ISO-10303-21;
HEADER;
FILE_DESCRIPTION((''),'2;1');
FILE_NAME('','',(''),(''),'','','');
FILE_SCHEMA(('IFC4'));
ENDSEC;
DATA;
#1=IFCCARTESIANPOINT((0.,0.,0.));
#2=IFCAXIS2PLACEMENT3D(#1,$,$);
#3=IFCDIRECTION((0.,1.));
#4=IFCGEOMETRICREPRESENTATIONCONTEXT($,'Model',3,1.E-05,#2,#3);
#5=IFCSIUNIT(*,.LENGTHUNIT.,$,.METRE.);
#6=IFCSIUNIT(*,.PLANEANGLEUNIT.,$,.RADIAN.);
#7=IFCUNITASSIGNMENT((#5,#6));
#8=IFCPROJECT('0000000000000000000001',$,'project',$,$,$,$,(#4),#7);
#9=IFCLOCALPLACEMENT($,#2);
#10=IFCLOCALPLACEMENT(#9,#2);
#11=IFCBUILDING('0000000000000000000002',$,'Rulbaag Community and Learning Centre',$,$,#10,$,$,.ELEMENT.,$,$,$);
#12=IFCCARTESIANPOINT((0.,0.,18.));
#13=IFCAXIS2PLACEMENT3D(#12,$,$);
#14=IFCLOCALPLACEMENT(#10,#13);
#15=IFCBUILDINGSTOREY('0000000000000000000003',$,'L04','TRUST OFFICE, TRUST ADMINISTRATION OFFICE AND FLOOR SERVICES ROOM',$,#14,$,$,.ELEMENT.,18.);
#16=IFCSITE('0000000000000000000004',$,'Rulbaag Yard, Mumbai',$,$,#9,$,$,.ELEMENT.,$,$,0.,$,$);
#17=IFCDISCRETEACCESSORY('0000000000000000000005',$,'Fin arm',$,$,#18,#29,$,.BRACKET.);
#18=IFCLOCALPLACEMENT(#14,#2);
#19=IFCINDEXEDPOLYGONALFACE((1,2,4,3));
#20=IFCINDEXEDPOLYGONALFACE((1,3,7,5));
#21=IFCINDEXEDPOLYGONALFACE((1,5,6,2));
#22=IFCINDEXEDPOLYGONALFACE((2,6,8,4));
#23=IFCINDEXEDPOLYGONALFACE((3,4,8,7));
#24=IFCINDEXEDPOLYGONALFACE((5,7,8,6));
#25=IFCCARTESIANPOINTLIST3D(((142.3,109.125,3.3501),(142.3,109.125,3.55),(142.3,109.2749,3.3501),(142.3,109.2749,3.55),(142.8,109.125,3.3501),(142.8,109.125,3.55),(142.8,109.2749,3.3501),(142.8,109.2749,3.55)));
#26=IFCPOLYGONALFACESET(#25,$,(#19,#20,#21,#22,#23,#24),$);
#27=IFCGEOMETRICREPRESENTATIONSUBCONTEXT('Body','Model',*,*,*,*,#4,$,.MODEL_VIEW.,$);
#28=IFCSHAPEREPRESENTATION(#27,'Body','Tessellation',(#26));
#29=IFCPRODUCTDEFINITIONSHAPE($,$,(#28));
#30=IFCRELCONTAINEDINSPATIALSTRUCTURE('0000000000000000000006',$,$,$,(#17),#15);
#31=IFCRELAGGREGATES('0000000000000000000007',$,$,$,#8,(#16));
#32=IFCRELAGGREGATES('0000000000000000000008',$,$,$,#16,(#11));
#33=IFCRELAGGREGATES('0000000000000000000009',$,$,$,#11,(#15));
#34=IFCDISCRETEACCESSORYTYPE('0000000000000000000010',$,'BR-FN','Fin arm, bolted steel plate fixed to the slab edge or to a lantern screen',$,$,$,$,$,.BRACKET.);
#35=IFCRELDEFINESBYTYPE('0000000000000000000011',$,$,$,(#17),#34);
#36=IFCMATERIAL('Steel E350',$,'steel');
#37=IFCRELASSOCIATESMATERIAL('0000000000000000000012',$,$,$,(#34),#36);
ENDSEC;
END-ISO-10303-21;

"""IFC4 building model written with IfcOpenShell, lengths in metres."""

from ifc_helpers import new_model, si_unit, direction, frame, origin, origin_2d, place, context, subcontext, project, spatial, rectangle, extrude, material, type_object, element, save


model = new_model("IFC4")

# Units and contexts
model_context = context("Model", 3, precision=1e-05, world=origin(), true_north=direction((0.0, 1.0)))
body_context = subcontext(model_context, "Body", "Model", "MODEL_VIEW")
ifc_project = project(units=[si_unit("LENGTHUNIT", "METRE"), si_unit("PLANEANGLEUNIT", "RADIAN")], contexts=[model_context])

# Site, building, storey
site_placement = place(None, origin())
site = spatial("IfcSite", under=ifc_project, at=site_placement, Name="Rulbaag Yard, Mumbai", CompositionType="ELEMENT", RefElevation=0.0)
building_placement = place(site_placement, origin())
building = spatial("IfcBuilding", under=site, at=building_placement, Name="Rulbaag Community and Learning Centre", CompositionType="ELEMENT")
storey_placement = place(building_placement, frame((0.0, 0.0, 18.0)))
storey = spatial("IfcBuildingStorey", under=building, at=storey_placement, Name="L04", Description="TRUST OFFICE, TRUST ADMINISTRATION OFFICE AND FLOOR SERVICES ROOM", CompositionType="ELEMENT", Elevation=18.0)

# Discrete accessory
ifc_material_1 = material(Name="Steel E350", Category="steel")
discrete_accessory_type = type_object("IfcDiscreteAccessoryType", Name="BR-FN", Description="Fin arm, bolted steel plate fixed to the slab edge or to a lantern screen", PredefinedType="BRACKET", material=ifc_material_1)
for number, where, z_axis, x_axis, name in (
    (1, (142.55, 109.2, 3.3501), (0.0, 0.0, 1.0), (1.0, 0.0, 0.0), "Fin arm"),
):
    element("IfcDiscreteAccessory", number, at=place(storey_placement, frame(where, z_axis=z_axis, x_axis=x_axis)), inside=storey, type_object=discrete_accessory_type, Name=name, PredefinedType="BRACKET", context=body_context, shape_type="SweptSolid", body=[
        extrude(rectangle(XDim=0.5, YDim=0.1499, at=origin_2d()), origin(), (0.0, 0.0, 1.0), 0.2),
    ])

save(model, "model.ifc")
